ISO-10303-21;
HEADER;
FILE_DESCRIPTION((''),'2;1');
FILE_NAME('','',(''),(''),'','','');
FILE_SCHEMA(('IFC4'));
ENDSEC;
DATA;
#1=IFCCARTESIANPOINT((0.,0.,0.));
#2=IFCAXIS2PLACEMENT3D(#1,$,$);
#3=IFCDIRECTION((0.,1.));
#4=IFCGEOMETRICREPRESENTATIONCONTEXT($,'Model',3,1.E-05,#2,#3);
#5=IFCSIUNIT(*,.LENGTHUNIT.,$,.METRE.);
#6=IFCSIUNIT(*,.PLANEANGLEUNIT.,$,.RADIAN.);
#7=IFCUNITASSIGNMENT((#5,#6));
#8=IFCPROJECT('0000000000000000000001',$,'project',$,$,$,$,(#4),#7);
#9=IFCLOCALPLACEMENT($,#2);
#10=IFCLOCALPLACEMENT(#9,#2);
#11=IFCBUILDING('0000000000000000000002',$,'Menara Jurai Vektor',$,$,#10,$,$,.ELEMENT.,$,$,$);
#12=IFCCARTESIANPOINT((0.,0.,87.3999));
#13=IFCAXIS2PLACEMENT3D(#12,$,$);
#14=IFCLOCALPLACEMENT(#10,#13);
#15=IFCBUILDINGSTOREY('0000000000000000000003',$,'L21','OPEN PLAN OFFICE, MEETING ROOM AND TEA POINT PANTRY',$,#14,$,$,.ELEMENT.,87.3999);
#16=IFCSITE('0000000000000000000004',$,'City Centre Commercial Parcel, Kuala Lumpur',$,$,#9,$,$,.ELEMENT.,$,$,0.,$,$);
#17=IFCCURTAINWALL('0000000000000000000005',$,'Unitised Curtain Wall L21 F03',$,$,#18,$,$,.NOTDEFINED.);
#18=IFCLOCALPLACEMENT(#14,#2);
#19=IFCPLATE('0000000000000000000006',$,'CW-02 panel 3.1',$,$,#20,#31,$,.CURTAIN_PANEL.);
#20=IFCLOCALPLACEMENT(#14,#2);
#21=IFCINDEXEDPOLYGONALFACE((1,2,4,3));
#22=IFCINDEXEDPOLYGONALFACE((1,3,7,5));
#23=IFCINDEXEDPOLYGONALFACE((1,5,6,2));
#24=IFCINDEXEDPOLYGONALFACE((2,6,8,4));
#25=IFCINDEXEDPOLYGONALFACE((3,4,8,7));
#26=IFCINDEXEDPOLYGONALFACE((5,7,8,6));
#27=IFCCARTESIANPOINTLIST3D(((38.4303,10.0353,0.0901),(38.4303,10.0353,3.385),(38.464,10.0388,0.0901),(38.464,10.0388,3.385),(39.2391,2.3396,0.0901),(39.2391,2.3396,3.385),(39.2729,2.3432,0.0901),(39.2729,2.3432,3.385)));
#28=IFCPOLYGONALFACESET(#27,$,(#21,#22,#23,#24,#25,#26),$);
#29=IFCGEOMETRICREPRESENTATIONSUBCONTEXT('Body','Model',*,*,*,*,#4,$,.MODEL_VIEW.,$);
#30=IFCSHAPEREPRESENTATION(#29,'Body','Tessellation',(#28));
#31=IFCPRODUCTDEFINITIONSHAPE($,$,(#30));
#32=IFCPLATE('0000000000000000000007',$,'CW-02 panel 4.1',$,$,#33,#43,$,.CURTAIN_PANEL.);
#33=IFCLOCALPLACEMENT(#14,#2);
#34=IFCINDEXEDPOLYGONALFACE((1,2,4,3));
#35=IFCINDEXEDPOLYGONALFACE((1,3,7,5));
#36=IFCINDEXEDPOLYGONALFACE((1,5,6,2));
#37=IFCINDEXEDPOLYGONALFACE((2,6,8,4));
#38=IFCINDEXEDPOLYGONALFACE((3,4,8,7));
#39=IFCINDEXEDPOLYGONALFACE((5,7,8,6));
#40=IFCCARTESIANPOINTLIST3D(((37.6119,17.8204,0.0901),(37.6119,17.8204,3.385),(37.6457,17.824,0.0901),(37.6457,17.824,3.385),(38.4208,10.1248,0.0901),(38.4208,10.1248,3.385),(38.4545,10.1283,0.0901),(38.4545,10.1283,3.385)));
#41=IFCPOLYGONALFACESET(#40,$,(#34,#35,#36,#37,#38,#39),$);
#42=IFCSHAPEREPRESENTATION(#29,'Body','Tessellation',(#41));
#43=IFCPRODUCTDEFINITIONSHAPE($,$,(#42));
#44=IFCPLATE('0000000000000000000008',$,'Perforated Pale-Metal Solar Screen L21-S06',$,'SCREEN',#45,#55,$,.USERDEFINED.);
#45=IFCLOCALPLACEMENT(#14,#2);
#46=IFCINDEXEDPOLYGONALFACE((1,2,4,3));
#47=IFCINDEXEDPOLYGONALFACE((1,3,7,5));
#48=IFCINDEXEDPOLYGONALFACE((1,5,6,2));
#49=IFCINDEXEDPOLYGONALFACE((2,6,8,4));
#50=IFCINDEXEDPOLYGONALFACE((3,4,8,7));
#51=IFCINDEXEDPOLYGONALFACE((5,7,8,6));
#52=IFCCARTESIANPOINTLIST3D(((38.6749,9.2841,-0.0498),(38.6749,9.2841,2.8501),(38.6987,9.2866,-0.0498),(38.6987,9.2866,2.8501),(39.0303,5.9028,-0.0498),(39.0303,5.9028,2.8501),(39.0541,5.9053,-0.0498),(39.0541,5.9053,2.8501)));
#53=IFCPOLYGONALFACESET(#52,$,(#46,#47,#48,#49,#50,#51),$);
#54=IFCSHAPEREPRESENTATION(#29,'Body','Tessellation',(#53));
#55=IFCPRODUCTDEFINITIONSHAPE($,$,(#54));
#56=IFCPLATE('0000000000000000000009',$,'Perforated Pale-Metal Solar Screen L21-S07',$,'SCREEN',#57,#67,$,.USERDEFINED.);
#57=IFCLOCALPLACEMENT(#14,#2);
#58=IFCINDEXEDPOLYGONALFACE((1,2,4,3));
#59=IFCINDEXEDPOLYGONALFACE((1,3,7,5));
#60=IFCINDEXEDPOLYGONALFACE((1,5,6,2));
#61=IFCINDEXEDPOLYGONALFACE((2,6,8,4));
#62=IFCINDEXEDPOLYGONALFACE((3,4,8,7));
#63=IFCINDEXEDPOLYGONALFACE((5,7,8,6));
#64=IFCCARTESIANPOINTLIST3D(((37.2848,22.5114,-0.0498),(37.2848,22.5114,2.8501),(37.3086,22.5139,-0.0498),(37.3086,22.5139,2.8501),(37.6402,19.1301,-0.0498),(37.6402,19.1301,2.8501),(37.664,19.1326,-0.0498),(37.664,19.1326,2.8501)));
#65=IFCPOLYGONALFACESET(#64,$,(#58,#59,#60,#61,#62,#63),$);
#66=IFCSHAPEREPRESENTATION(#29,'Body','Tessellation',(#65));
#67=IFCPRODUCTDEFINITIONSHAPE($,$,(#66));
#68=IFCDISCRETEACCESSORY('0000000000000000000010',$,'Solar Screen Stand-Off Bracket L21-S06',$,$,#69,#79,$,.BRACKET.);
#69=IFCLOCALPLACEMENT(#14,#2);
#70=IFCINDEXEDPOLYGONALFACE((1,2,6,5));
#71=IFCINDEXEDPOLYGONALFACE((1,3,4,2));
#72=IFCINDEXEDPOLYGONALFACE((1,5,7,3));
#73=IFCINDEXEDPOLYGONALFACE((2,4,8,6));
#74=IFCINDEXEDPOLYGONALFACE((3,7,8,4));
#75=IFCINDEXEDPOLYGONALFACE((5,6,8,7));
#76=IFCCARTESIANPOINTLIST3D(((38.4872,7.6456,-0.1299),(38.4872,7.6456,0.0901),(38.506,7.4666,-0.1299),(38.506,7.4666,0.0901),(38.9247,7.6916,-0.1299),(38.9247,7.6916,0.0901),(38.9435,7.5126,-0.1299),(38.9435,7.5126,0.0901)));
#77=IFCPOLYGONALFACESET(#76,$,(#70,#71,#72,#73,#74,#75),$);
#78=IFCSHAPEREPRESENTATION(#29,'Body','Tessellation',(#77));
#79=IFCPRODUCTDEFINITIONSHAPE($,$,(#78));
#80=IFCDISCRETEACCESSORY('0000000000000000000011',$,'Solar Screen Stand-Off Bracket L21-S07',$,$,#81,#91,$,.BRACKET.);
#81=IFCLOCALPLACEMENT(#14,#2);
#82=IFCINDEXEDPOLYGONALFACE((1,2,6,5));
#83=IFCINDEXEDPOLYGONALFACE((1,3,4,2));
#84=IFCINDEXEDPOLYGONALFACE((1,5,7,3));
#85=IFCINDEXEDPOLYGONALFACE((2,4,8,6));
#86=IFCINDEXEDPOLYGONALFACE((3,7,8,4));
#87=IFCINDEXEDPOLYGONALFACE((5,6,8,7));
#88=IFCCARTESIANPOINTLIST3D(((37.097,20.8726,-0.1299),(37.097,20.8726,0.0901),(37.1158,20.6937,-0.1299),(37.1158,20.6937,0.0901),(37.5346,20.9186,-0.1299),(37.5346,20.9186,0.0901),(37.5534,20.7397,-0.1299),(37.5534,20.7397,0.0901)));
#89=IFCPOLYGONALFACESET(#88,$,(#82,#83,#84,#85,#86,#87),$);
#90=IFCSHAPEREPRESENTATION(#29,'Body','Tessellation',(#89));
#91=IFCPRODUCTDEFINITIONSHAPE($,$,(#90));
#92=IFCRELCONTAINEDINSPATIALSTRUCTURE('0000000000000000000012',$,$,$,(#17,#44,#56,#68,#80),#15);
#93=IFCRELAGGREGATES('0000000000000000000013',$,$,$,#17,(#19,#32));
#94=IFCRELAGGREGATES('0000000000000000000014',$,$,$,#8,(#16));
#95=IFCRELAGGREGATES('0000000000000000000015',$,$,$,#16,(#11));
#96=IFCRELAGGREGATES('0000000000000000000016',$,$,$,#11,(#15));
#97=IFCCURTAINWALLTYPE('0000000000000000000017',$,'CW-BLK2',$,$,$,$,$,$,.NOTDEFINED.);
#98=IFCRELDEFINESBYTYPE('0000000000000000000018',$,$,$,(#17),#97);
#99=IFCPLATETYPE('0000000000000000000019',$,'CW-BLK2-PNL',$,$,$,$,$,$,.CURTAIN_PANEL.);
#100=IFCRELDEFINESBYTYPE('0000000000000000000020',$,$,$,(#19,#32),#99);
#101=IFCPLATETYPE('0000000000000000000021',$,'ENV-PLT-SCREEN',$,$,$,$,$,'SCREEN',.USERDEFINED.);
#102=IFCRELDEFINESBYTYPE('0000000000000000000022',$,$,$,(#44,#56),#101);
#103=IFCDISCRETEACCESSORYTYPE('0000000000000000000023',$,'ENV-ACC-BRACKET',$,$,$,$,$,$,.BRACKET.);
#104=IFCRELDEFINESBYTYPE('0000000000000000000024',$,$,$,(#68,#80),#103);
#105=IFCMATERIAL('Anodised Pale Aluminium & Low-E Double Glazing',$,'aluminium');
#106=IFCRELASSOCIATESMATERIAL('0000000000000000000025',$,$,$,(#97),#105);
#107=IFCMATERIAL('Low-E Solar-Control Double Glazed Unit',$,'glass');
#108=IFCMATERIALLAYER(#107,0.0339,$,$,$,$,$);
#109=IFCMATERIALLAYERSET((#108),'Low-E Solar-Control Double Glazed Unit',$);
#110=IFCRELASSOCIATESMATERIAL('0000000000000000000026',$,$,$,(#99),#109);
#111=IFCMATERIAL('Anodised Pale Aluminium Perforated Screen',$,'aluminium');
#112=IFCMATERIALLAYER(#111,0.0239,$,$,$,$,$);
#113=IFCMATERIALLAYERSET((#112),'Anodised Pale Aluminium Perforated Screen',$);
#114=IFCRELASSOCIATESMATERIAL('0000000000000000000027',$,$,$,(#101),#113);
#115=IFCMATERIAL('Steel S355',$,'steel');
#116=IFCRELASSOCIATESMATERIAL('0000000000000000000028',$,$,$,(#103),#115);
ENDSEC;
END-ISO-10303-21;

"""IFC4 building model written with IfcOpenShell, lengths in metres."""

from ifc_helpers import new_model, si_unit, direction, frame, origin, origin_2d, place, context, subcontext, project, spatial, rectangle, extrude, material, layer, layer_set, type_object, element, aggregate, save


model = new_model("IFC4")

# Units and contexts
model_context = context("Model", 3, precision=1e-05, world=origin(), true_north=direction((0.0, 1.0)))
body_context = subcontext(model_context, "Body", "Model", "MODEL_VIEW")
ifc_project = project(units=[si_unit("LENGTHUNIT", "METRE"), si_unit("PLANEANGLEUNIT", "RADIAN")], contexts=[model_context])

# Site, building, storey
site_placement = place(None, origin())
site = spatial("IfcSite", under=ifc_project, at=site_placement, Name="City Centre Commercial Parcel, Kuala Lumpur", CompositionType="ELEMENT", RefElevation=0.0)
building_placement = place(site_placement, origin())
building = spatial("IfcBuilding", under=site, at=building_placement, Name="Menara Jurai Vektor", CompositionType="ELEMENT")
storey_placement = place(building_placement, frame((0.0, 0.0, 87.3999)))
storey = spatial("IfcBuildingStorey", under=building, at=storey_placement, Name="L21", Description="OPEN PLAN OFFICE, MEETING ROOM AND TEA POINT PANTRY", CompositionType="ELEMENT", Elevation=87.3999)

# Curtain wall
ifc_material_1 = material(Name="Anodised Pale Aluminium & Low-E Double Glazing", Category="aluminium")
curtain_wall_type = type_object("IfcCurtainWallType", Name="CW-BLK2", PredefinedType="NOTDEFINED", material=ifc_material_1)
curtain_wall_placement = place(storey_placement, origin())
curtain_wall = element("IfcCurtainWall", 1, at=curtain_wall_placement, inside=storey, type_object=curtain_wall_type, Name="Unitised Curtain Wall L21 F03", PredefinedType="NOTDEFINED")

# Shared definitions
ifc_material_2 = material(Name="Steel S355", Category="steel")

# Plates
ifc_material_3 = material(Name="Low-E Solar-Control Double Glazed Unit", Category="glass")
ifc_layer_1 = layer(ifc_material_3, 0.0339)
ifc_layer_set_1 = layer_set([ifc_layer_1], Name="Low-E Solar-Control Double Glazed Unit")
plate_type_1 = type_object("IfcPlateType", Name="CW-BLK2-PNL", PredefinedType="CURTAIN_PANEL", material=ifc_layer_set_1)
plate_1_placement = place(storey_placement, frame((38.8516, 6.1892, 0.0901), z_axis=(0.0, 0.0, 1.0), x_axis=(-0.10453, 0.994522, 0.0)))
plate_1 = element("IfcPlate", 2, at=plate_1_placement, type_object=plate_type_1, Name="CW-02 panel 3.1", PredefinedType="CURTAIN_PANEL", context=body_context, shape_type="SweptSolid", body=[
    extrude(rectangle(XDim=7.738, YDim=0.0339, at=origin_2d()), origin(), (0.0, 0.0, 1.0), 3.2949),
])
plate_2_placement = place(storey_placement, frame((38.0332, 13.9744, 0.0901), z_axis=(0.0, 0.0, 1.0), x_axis=(-0.10453, 0.994522, 0.0)))
plate_2 = element("IfcPlate", 3, at=plate_2_placement, type_object=plate_type_1, Name="CW-02 panel 4.1", PredefinedType="CURTAIN_PANEL", context=body_context, shape_type="SweptSolid", body=[
    extrude(rectangle(XDim=7.738, YDim=0.0339, at=origin_2d()), origin(), (0.0, 0.0, 1.0), 3.2949),
])
aggregate(curtain_wall, [plate_1, plate_2])

# Plates
ifc_material_4 = material(Name="Anodised Pale Aluminium Perforated Screen", Category="aluminium")
ifc_layer_2 = layer(ifc_material_4, 0.0239)
ifc_layer_set_2 = layer_set([ifc_layer_2], Name="Anodised Pale Aluminium Perforated Screen")
plate_type_2 = type_object("IfcPlateType", Name="ENV-PLT-SCREEN", ElementType="SCREEN", PredefinedType="USERDEFINED", material=ifc_layer_set_2)
for number, where, z_axis, x_axis, name in (
    (4, (38.8645, 7.5947, -0.0498), (0.0, 0.0, 1.0), (-0.104528, 0.994522, 0.0), "Perforated Pale-Metal Solar Screen L21-S06"),
    (5, (37.4744, 20.822, -0.0498), (0.0, 0.0, 1.0), (-0.104528, 0.994522, 0.0), "Perforated Pale-Metal Solar Screen L21-S07"),
):
    element("IfcPlate", number, at=place(storey_placement, frame(where, z_axis=z_axis, x_axis=x_axis)), inside=storey, type_object=plate_type_2, Name=name, ObjectType="SCREEN", PredefinedType="USERDEFINED", context=body_context, shape_type="SweptSolid", body=[
        extrude(rectangle(XDim=3.3999, YDim=0.0239, at=origin_2d()), origin(), (0.0, 0.0, 1.0), 2.8999),
    ])

# Discrete accessories
discrete_accessory_type = type_object("IfcDiscreteAccessoryType", Name="ENV-ACC-BRACKET", PredefinedType="BRACKET", material=ifc_material_2)
for number, where, z_axis, x_axis, name in (
    (6, (38.7153, 7.5791, -0.1299), (0.0, 0.0, 1.0), (-0.104528, 0.994522, 0.0), "Solar Screen Stand-Off Bracket L21-S06"),
    (7, (37.3252, 20.8062, -0.1299), (0.0, 0.0, 1.0), (-0.104528, 0.994522, 0.0), "Solar Screen Stand-Off Bracket L21-S07"),
):
    element("IfcDiscreteAccessory", number, at=place(storey_placement, frame(where, z_axis=z_axis, x_axis=x_axis)), inside=storey, type_object=discrete_accessory_type, Name=name, PredefinedType="BRACKET", context=body_context, shape_type="SweptSolid", body=[
        extrude(rectangle(XDim=0.1799, YDim=0.4399, at=origin_2d()), origin(), (0.0, 0.0, 1.0), 0.22),
    ])

save(model, "model.ifc")
